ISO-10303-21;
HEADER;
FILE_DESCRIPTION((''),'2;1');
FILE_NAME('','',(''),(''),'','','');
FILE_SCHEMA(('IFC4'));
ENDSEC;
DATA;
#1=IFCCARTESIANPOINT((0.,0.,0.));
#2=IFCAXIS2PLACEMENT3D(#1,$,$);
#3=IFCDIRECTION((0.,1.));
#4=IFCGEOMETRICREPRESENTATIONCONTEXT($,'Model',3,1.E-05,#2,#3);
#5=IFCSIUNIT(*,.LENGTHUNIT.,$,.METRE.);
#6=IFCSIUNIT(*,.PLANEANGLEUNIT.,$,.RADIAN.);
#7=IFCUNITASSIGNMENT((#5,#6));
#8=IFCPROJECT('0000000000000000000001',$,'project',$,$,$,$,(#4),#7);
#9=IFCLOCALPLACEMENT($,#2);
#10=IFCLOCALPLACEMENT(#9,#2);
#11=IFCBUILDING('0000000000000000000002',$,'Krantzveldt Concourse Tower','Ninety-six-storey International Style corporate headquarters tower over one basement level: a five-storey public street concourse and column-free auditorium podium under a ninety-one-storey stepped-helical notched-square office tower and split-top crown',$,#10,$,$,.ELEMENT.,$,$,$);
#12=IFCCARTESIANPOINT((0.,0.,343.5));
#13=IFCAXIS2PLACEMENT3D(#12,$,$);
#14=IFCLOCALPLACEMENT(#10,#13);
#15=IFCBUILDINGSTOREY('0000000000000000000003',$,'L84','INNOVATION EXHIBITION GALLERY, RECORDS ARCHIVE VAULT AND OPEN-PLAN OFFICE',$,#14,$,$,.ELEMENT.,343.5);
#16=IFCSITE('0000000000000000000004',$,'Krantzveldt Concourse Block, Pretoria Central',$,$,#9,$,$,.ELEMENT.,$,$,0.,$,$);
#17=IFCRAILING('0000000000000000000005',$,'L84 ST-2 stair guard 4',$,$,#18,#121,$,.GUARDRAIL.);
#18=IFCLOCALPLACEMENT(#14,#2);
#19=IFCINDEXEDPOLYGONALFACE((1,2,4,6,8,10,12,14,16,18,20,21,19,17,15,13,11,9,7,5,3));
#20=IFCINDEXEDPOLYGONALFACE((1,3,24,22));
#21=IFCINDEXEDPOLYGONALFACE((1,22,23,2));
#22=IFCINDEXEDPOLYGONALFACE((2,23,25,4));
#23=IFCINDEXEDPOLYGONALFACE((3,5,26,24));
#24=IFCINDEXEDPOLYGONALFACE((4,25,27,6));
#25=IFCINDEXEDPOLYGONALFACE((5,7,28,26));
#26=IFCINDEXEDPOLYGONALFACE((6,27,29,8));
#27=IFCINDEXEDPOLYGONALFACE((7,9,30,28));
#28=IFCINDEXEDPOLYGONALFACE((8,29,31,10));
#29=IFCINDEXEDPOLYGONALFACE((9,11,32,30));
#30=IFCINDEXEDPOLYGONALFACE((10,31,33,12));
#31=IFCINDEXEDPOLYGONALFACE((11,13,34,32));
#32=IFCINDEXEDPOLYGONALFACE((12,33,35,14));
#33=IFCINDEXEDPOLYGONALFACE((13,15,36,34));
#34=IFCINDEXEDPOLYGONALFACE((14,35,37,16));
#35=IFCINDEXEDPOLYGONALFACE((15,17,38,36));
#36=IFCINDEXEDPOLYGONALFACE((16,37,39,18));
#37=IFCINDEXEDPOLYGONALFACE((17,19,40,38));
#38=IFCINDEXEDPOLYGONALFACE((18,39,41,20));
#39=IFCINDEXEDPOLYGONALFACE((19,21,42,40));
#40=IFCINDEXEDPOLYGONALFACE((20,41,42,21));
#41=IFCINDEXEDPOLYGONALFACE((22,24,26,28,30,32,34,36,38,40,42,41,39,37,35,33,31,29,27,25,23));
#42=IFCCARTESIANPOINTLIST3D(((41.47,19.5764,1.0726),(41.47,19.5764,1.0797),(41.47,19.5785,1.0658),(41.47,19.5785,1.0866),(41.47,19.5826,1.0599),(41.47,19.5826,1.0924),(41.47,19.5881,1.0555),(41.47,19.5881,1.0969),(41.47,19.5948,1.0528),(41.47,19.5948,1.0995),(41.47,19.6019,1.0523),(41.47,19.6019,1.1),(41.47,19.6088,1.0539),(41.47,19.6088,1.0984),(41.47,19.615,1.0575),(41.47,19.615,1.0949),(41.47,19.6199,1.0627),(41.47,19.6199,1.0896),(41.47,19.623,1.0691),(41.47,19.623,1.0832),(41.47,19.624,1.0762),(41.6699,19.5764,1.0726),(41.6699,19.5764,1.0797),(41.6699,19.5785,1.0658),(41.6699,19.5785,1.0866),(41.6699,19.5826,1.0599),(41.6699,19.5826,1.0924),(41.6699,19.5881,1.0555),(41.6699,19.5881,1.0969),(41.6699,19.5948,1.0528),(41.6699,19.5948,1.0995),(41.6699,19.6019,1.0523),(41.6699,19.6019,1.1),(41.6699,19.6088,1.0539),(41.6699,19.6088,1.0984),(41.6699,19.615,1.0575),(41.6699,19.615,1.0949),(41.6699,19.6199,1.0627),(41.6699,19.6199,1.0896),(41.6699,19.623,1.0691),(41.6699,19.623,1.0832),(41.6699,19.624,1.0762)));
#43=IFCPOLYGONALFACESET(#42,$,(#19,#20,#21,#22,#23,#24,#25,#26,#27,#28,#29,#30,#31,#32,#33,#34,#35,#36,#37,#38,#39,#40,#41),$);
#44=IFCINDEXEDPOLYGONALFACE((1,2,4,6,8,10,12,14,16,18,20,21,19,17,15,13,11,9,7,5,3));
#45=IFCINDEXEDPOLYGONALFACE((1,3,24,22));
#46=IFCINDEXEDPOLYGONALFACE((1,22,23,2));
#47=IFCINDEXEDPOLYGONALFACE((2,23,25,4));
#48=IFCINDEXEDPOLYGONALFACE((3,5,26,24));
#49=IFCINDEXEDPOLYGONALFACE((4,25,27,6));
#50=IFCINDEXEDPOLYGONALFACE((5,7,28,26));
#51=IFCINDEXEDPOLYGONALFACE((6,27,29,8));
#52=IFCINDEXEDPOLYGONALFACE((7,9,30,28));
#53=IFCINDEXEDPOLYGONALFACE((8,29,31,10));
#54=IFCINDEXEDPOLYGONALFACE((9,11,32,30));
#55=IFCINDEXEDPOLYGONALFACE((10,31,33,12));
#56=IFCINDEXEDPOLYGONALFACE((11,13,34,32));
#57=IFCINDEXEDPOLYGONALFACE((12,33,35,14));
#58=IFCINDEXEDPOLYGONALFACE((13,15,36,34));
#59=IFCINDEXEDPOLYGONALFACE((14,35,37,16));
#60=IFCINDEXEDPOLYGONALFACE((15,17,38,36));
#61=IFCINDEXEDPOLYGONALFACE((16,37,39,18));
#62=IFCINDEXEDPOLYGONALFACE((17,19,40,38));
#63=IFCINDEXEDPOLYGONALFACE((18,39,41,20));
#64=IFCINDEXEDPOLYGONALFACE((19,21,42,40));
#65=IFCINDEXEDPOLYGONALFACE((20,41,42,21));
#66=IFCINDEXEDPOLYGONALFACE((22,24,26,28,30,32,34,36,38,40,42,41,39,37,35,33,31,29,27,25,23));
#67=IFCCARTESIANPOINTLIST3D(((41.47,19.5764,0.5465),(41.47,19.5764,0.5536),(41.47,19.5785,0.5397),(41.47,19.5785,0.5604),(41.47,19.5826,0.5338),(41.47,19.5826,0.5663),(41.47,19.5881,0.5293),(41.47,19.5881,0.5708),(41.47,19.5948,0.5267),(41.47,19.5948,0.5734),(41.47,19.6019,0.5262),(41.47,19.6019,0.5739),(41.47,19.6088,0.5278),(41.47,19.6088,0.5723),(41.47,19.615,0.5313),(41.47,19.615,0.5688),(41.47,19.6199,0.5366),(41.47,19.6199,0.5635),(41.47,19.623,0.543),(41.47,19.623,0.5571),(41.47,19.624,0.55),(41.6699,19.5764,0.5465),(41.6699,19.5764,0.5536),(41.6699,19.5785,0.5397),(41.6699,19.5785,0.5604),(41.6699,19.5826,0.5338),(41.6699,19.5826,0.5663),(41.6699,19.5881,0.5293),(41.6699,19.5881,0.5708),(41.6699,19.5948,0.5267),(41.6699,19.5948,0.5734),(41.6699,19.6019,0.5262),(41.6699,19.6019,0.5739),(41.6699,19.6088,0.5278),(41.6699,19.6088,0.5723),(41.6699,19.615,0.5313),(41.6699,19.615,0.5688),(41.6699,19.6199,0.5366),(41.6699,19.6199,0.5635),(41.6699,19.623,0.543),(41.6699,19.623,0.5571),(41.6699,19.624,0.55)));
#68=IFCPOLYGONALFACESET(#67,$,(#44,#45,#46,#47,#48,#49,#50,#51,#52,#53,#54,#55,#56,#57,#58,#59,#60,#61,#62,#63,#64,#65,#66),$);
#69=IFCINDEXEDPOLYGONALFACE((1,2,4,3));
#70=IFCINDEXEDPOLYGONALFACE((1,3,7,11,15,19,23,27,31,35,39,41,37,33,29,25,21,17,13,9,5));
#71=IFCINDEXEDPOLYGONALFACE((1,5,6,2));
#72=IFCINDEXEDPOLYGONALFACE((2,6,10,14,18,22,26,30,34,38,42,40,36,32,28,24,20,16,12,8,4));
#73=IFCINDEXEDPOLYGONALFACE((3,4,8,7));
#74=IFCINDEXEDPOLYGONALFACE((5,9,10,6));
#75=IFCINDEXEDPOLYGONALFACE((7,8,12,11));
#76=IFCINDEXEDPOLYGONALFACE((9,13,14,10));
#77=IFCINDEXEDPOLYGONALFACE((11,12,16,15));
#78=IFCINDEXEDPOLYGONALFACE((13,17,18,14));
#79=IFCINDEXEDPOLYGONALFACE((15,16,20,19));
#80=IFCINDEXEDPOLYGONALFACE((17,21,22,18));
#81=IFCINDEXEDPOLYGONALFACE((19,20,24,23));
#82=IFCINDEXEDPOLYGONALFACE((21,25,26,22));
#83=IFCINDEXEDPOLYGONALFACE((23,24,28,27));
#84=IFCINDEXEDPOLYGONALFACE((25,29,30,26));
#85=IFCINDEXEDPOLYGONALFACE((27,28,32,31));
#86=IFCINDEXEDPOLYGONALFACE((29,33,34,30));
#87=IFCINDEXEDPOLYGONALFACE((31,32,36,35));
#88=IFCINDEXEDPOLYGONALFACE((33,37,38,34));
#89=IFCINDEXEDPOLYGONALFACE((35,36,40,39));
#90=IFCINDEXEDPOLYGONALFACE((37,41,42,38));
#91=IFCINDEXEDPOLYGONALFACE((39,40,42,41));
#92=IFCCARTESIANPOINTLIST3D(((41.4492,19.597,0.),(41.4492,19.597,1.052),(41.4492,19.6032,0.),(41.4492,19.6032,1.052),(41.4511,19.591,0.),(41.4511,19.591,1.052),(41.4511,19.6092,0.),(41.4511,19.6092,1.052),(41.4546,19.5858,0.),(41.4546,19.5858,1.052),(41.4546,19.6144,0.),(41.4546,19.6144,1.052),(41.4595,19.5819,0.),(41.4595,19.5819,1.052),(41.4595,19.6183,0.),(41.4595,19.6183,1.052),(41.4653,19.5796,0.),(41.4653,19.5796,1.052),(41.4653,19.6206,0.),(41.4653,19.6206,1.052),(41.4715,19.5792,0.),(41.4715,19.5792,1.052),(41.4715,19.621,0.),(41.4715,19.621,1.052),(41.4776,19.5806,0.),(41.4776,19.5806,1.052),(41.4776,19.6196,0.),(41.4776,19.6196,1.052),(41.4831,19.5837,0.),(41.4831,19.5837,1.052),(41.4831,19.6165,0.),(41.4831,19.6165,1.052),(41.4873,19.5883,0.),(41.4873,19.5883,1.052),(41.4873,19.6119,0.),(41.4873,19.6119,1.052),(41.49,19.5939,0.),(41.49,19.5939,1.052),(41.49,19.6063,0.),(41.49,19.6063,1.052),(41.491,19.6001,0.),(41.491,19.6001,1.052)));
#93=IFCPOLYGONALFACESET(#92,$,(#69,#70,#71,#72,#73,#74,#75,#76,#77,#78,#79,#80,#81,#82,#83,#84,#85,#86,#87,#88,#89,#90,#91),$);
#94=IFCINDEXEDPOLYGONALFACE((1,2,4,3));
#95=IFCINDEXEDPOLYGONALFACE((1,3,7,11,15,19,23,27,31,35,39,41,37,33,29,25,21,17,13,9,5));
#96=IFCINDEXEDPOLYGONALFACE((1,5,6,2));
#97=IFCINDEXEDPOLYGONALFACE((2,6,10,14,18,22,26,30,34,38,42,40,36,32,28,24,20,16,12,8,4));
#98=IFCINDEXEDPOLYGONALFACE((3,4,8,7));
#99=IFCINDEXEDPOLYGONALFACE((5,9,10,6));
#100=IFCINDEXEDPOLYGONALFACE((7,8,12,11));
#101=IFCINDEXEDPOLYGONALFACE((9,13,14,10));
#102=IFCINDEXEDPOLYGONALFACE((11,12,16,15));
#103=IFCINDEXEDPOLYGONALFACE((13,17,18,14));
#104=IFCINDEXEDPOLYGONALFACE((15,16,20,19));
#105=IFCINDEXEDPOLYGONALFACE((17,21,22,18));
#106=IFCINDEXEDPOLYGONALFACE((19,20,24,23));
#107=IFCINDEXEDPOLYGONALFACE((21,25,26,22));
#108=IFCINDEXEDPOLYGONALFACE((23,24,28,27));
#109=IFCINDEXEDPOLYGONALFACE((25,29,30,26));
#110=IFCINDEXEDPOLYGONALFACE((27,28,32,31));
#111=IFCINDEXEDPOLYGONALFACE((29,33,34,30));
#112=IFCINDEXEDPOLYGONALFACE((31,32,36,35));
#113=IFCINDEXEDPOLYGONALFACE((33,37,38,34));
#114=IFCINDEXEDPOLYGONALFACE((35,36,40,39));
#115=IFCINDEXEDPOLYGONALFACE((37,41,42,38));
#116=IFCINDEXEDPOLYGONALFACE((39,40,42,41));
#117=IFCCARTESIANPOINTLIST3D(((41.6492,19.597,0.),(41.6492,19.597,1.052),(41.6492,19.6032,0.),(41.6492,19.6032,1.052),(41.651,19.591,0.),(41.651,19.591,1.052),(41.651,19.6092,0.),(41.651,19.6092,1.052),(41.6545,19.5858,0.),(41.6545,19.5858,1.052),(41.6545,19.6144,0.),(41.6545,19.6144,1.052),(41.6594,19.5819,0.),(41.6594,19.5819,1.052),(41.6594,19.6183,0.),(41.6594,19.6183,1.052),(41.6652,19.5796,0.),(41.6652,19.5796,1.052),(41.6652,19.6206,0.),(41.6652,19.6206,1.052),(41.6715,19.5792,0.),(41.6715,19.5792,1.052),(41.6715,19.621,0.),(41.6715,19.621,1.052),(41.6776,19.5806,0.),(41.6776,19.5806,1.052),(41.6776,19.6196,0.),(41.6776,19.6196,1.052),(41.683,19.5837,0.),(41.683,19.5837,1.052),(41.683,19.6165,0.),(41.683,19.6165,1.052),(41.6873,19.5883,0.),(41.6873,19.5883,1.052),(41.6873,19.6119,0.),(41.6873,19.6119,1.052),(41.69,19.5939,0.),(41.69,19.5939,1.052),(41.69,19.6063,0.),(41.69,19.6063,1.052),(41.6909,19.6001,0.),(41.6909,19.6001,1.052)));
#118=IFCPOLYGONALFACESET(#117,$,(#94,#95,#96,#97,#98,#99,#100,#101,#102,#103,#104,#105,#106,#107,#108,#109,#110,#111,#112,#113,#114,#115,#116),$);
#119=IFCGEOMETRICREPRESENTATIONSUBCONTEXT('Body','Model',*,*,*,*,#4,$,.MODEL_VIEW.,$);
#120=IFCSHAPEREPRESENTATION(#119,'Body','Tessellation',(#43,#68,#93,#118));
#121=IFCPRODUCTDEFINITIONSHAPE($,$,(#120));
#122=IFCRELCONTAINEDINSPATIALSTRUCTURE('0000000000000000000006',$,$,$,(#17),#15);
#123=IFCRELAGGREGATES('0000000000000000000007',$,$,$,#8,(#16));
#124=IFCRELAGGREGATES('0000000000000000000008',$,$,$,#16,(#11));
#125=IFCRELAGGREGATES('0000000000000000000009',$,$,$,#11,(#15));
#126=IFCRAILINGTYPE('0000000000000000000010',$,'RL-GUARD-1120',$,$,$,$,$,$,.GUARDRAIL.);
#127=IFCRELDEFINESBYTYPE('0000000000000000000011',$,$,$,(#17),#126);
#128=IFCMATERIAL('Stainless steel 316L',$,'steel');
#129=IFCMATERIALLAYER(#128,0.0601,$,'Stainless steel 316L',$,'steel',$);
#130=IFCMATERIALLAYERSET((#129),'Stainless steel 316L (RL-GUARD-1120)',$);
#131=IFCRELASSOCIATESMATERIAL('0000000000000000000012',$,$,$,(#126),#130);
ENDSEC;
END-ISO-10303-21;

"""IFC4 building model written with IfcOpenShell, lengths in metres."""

from ifc_helpers import new_model, si_unit, direction, frame, origin, origin_2d, place, context, subcontext, project, spatial, circle, extrude, material, layer, layer_set, type_object, element, save


model = new_model("IFC4")

# Units and contexts
model_context = context("Model", 3, precision=1e-05, world=origin(), true_north=direction((0.0, 1.0)))
body_context = subcontext(model_context, "Body", "Model", "MODEL_VIEW")
ifc_project = project(units=[si_unit("LENGTHUNIT", "METRE"), si_unit("PLANEANGLEUNIT", "RADIAN")], contexts=[model_context])

# Site, building, storey
site_placement = place(None, origin())
site = spatial("IfcSite", under=ifc_project, at=site_placement, Name="Krantzveldt Concourse Block, Pretoria Central", CompositionType="ELEMENT", RefElevation=0.0)
building_placement = place(site_placement, origin())
building = spatial("IfcBuilding", under=site, at=building_placement, Name="Krantzveldt Concourse Tower", Description="Ninety-six-storey International Style corporate headquarters tower over one basement level: a five-storey public street concourse and column-free auditorium podium under a ninety-one-storey stepped-helical notched-square office tower and split-top crown", CompositionType="ELEMENT")
storey_placement = place(building_placement, frame((0.0, 0.0, 343.5)))
storey = spatial("IfcBuildingStorey", under=building, at=storey_placement, Name="L84", Description="INNOVATION EXHIBITION GALLERY, RECORDS ARCHIVE VAULT AND OPEN-PLAN OFFICE", CompositionType="ELEMENT", Elevation=343.5)

# Shared definitions
ifc_material_1 = material(Name="Stainless steel 316L", Category="steel")

# Railing
ifc_layer_1 = layer(ifc_material_1, 0.0601, Name="Stainless steel 316L", Category="steel")
ifc_layer_set_1 = layer_set([ifc_layer_1], Name="Stainless steel 316L (RL-GUARD-1120)")
railing_type_1 = type_object("IfcRailingType", Name="RL-GUARD-1120", PredefinedType="GUARDRAIL", material=ifc_layer_set_1)
railing_1_placement = place(storey_placement, frame((41.47, 19.6001, 0.0)))
element("IfcRailing", 1, at=railing_1_placement, inside=storey, type_object=railing_type_1, Name="L84 ST-2 stair guard 4", PredefinedType="GUARDRAIL", context=body_context, shape_type="SweptSolid", body=[
    extrude(circle(Radius=0.0239, at=origin_2d()), frame((0.0, 0.0, 1.0762), z_axis=(1.0, 0.0, 0.0), x_axis=(0.0, 1.0, 0.0)), (0.0, 0.0, 1.0), 0.2),
    extrude(circle(Radius=0.0239, at=origin_2d()), frame((0.0, 0.0, 0.55), z_axis=(1.0, 0.0, 0.0), x_axis=(0.0, 1.0, 0.0)), (0.0, 0.0, 1.0), 0.2),
    extrude(circle(Radius=0.021, at=origin_2d()), origin(), (0.0, 0.0, 1.0), 1.052),
    extrude(circle(Radius=0.021, at=origin_2d()), frame((0.2, 0.0, 0.0)), (0.0, 0.0, 1.0), 1.052),
])

save(model, "model.ifc")
